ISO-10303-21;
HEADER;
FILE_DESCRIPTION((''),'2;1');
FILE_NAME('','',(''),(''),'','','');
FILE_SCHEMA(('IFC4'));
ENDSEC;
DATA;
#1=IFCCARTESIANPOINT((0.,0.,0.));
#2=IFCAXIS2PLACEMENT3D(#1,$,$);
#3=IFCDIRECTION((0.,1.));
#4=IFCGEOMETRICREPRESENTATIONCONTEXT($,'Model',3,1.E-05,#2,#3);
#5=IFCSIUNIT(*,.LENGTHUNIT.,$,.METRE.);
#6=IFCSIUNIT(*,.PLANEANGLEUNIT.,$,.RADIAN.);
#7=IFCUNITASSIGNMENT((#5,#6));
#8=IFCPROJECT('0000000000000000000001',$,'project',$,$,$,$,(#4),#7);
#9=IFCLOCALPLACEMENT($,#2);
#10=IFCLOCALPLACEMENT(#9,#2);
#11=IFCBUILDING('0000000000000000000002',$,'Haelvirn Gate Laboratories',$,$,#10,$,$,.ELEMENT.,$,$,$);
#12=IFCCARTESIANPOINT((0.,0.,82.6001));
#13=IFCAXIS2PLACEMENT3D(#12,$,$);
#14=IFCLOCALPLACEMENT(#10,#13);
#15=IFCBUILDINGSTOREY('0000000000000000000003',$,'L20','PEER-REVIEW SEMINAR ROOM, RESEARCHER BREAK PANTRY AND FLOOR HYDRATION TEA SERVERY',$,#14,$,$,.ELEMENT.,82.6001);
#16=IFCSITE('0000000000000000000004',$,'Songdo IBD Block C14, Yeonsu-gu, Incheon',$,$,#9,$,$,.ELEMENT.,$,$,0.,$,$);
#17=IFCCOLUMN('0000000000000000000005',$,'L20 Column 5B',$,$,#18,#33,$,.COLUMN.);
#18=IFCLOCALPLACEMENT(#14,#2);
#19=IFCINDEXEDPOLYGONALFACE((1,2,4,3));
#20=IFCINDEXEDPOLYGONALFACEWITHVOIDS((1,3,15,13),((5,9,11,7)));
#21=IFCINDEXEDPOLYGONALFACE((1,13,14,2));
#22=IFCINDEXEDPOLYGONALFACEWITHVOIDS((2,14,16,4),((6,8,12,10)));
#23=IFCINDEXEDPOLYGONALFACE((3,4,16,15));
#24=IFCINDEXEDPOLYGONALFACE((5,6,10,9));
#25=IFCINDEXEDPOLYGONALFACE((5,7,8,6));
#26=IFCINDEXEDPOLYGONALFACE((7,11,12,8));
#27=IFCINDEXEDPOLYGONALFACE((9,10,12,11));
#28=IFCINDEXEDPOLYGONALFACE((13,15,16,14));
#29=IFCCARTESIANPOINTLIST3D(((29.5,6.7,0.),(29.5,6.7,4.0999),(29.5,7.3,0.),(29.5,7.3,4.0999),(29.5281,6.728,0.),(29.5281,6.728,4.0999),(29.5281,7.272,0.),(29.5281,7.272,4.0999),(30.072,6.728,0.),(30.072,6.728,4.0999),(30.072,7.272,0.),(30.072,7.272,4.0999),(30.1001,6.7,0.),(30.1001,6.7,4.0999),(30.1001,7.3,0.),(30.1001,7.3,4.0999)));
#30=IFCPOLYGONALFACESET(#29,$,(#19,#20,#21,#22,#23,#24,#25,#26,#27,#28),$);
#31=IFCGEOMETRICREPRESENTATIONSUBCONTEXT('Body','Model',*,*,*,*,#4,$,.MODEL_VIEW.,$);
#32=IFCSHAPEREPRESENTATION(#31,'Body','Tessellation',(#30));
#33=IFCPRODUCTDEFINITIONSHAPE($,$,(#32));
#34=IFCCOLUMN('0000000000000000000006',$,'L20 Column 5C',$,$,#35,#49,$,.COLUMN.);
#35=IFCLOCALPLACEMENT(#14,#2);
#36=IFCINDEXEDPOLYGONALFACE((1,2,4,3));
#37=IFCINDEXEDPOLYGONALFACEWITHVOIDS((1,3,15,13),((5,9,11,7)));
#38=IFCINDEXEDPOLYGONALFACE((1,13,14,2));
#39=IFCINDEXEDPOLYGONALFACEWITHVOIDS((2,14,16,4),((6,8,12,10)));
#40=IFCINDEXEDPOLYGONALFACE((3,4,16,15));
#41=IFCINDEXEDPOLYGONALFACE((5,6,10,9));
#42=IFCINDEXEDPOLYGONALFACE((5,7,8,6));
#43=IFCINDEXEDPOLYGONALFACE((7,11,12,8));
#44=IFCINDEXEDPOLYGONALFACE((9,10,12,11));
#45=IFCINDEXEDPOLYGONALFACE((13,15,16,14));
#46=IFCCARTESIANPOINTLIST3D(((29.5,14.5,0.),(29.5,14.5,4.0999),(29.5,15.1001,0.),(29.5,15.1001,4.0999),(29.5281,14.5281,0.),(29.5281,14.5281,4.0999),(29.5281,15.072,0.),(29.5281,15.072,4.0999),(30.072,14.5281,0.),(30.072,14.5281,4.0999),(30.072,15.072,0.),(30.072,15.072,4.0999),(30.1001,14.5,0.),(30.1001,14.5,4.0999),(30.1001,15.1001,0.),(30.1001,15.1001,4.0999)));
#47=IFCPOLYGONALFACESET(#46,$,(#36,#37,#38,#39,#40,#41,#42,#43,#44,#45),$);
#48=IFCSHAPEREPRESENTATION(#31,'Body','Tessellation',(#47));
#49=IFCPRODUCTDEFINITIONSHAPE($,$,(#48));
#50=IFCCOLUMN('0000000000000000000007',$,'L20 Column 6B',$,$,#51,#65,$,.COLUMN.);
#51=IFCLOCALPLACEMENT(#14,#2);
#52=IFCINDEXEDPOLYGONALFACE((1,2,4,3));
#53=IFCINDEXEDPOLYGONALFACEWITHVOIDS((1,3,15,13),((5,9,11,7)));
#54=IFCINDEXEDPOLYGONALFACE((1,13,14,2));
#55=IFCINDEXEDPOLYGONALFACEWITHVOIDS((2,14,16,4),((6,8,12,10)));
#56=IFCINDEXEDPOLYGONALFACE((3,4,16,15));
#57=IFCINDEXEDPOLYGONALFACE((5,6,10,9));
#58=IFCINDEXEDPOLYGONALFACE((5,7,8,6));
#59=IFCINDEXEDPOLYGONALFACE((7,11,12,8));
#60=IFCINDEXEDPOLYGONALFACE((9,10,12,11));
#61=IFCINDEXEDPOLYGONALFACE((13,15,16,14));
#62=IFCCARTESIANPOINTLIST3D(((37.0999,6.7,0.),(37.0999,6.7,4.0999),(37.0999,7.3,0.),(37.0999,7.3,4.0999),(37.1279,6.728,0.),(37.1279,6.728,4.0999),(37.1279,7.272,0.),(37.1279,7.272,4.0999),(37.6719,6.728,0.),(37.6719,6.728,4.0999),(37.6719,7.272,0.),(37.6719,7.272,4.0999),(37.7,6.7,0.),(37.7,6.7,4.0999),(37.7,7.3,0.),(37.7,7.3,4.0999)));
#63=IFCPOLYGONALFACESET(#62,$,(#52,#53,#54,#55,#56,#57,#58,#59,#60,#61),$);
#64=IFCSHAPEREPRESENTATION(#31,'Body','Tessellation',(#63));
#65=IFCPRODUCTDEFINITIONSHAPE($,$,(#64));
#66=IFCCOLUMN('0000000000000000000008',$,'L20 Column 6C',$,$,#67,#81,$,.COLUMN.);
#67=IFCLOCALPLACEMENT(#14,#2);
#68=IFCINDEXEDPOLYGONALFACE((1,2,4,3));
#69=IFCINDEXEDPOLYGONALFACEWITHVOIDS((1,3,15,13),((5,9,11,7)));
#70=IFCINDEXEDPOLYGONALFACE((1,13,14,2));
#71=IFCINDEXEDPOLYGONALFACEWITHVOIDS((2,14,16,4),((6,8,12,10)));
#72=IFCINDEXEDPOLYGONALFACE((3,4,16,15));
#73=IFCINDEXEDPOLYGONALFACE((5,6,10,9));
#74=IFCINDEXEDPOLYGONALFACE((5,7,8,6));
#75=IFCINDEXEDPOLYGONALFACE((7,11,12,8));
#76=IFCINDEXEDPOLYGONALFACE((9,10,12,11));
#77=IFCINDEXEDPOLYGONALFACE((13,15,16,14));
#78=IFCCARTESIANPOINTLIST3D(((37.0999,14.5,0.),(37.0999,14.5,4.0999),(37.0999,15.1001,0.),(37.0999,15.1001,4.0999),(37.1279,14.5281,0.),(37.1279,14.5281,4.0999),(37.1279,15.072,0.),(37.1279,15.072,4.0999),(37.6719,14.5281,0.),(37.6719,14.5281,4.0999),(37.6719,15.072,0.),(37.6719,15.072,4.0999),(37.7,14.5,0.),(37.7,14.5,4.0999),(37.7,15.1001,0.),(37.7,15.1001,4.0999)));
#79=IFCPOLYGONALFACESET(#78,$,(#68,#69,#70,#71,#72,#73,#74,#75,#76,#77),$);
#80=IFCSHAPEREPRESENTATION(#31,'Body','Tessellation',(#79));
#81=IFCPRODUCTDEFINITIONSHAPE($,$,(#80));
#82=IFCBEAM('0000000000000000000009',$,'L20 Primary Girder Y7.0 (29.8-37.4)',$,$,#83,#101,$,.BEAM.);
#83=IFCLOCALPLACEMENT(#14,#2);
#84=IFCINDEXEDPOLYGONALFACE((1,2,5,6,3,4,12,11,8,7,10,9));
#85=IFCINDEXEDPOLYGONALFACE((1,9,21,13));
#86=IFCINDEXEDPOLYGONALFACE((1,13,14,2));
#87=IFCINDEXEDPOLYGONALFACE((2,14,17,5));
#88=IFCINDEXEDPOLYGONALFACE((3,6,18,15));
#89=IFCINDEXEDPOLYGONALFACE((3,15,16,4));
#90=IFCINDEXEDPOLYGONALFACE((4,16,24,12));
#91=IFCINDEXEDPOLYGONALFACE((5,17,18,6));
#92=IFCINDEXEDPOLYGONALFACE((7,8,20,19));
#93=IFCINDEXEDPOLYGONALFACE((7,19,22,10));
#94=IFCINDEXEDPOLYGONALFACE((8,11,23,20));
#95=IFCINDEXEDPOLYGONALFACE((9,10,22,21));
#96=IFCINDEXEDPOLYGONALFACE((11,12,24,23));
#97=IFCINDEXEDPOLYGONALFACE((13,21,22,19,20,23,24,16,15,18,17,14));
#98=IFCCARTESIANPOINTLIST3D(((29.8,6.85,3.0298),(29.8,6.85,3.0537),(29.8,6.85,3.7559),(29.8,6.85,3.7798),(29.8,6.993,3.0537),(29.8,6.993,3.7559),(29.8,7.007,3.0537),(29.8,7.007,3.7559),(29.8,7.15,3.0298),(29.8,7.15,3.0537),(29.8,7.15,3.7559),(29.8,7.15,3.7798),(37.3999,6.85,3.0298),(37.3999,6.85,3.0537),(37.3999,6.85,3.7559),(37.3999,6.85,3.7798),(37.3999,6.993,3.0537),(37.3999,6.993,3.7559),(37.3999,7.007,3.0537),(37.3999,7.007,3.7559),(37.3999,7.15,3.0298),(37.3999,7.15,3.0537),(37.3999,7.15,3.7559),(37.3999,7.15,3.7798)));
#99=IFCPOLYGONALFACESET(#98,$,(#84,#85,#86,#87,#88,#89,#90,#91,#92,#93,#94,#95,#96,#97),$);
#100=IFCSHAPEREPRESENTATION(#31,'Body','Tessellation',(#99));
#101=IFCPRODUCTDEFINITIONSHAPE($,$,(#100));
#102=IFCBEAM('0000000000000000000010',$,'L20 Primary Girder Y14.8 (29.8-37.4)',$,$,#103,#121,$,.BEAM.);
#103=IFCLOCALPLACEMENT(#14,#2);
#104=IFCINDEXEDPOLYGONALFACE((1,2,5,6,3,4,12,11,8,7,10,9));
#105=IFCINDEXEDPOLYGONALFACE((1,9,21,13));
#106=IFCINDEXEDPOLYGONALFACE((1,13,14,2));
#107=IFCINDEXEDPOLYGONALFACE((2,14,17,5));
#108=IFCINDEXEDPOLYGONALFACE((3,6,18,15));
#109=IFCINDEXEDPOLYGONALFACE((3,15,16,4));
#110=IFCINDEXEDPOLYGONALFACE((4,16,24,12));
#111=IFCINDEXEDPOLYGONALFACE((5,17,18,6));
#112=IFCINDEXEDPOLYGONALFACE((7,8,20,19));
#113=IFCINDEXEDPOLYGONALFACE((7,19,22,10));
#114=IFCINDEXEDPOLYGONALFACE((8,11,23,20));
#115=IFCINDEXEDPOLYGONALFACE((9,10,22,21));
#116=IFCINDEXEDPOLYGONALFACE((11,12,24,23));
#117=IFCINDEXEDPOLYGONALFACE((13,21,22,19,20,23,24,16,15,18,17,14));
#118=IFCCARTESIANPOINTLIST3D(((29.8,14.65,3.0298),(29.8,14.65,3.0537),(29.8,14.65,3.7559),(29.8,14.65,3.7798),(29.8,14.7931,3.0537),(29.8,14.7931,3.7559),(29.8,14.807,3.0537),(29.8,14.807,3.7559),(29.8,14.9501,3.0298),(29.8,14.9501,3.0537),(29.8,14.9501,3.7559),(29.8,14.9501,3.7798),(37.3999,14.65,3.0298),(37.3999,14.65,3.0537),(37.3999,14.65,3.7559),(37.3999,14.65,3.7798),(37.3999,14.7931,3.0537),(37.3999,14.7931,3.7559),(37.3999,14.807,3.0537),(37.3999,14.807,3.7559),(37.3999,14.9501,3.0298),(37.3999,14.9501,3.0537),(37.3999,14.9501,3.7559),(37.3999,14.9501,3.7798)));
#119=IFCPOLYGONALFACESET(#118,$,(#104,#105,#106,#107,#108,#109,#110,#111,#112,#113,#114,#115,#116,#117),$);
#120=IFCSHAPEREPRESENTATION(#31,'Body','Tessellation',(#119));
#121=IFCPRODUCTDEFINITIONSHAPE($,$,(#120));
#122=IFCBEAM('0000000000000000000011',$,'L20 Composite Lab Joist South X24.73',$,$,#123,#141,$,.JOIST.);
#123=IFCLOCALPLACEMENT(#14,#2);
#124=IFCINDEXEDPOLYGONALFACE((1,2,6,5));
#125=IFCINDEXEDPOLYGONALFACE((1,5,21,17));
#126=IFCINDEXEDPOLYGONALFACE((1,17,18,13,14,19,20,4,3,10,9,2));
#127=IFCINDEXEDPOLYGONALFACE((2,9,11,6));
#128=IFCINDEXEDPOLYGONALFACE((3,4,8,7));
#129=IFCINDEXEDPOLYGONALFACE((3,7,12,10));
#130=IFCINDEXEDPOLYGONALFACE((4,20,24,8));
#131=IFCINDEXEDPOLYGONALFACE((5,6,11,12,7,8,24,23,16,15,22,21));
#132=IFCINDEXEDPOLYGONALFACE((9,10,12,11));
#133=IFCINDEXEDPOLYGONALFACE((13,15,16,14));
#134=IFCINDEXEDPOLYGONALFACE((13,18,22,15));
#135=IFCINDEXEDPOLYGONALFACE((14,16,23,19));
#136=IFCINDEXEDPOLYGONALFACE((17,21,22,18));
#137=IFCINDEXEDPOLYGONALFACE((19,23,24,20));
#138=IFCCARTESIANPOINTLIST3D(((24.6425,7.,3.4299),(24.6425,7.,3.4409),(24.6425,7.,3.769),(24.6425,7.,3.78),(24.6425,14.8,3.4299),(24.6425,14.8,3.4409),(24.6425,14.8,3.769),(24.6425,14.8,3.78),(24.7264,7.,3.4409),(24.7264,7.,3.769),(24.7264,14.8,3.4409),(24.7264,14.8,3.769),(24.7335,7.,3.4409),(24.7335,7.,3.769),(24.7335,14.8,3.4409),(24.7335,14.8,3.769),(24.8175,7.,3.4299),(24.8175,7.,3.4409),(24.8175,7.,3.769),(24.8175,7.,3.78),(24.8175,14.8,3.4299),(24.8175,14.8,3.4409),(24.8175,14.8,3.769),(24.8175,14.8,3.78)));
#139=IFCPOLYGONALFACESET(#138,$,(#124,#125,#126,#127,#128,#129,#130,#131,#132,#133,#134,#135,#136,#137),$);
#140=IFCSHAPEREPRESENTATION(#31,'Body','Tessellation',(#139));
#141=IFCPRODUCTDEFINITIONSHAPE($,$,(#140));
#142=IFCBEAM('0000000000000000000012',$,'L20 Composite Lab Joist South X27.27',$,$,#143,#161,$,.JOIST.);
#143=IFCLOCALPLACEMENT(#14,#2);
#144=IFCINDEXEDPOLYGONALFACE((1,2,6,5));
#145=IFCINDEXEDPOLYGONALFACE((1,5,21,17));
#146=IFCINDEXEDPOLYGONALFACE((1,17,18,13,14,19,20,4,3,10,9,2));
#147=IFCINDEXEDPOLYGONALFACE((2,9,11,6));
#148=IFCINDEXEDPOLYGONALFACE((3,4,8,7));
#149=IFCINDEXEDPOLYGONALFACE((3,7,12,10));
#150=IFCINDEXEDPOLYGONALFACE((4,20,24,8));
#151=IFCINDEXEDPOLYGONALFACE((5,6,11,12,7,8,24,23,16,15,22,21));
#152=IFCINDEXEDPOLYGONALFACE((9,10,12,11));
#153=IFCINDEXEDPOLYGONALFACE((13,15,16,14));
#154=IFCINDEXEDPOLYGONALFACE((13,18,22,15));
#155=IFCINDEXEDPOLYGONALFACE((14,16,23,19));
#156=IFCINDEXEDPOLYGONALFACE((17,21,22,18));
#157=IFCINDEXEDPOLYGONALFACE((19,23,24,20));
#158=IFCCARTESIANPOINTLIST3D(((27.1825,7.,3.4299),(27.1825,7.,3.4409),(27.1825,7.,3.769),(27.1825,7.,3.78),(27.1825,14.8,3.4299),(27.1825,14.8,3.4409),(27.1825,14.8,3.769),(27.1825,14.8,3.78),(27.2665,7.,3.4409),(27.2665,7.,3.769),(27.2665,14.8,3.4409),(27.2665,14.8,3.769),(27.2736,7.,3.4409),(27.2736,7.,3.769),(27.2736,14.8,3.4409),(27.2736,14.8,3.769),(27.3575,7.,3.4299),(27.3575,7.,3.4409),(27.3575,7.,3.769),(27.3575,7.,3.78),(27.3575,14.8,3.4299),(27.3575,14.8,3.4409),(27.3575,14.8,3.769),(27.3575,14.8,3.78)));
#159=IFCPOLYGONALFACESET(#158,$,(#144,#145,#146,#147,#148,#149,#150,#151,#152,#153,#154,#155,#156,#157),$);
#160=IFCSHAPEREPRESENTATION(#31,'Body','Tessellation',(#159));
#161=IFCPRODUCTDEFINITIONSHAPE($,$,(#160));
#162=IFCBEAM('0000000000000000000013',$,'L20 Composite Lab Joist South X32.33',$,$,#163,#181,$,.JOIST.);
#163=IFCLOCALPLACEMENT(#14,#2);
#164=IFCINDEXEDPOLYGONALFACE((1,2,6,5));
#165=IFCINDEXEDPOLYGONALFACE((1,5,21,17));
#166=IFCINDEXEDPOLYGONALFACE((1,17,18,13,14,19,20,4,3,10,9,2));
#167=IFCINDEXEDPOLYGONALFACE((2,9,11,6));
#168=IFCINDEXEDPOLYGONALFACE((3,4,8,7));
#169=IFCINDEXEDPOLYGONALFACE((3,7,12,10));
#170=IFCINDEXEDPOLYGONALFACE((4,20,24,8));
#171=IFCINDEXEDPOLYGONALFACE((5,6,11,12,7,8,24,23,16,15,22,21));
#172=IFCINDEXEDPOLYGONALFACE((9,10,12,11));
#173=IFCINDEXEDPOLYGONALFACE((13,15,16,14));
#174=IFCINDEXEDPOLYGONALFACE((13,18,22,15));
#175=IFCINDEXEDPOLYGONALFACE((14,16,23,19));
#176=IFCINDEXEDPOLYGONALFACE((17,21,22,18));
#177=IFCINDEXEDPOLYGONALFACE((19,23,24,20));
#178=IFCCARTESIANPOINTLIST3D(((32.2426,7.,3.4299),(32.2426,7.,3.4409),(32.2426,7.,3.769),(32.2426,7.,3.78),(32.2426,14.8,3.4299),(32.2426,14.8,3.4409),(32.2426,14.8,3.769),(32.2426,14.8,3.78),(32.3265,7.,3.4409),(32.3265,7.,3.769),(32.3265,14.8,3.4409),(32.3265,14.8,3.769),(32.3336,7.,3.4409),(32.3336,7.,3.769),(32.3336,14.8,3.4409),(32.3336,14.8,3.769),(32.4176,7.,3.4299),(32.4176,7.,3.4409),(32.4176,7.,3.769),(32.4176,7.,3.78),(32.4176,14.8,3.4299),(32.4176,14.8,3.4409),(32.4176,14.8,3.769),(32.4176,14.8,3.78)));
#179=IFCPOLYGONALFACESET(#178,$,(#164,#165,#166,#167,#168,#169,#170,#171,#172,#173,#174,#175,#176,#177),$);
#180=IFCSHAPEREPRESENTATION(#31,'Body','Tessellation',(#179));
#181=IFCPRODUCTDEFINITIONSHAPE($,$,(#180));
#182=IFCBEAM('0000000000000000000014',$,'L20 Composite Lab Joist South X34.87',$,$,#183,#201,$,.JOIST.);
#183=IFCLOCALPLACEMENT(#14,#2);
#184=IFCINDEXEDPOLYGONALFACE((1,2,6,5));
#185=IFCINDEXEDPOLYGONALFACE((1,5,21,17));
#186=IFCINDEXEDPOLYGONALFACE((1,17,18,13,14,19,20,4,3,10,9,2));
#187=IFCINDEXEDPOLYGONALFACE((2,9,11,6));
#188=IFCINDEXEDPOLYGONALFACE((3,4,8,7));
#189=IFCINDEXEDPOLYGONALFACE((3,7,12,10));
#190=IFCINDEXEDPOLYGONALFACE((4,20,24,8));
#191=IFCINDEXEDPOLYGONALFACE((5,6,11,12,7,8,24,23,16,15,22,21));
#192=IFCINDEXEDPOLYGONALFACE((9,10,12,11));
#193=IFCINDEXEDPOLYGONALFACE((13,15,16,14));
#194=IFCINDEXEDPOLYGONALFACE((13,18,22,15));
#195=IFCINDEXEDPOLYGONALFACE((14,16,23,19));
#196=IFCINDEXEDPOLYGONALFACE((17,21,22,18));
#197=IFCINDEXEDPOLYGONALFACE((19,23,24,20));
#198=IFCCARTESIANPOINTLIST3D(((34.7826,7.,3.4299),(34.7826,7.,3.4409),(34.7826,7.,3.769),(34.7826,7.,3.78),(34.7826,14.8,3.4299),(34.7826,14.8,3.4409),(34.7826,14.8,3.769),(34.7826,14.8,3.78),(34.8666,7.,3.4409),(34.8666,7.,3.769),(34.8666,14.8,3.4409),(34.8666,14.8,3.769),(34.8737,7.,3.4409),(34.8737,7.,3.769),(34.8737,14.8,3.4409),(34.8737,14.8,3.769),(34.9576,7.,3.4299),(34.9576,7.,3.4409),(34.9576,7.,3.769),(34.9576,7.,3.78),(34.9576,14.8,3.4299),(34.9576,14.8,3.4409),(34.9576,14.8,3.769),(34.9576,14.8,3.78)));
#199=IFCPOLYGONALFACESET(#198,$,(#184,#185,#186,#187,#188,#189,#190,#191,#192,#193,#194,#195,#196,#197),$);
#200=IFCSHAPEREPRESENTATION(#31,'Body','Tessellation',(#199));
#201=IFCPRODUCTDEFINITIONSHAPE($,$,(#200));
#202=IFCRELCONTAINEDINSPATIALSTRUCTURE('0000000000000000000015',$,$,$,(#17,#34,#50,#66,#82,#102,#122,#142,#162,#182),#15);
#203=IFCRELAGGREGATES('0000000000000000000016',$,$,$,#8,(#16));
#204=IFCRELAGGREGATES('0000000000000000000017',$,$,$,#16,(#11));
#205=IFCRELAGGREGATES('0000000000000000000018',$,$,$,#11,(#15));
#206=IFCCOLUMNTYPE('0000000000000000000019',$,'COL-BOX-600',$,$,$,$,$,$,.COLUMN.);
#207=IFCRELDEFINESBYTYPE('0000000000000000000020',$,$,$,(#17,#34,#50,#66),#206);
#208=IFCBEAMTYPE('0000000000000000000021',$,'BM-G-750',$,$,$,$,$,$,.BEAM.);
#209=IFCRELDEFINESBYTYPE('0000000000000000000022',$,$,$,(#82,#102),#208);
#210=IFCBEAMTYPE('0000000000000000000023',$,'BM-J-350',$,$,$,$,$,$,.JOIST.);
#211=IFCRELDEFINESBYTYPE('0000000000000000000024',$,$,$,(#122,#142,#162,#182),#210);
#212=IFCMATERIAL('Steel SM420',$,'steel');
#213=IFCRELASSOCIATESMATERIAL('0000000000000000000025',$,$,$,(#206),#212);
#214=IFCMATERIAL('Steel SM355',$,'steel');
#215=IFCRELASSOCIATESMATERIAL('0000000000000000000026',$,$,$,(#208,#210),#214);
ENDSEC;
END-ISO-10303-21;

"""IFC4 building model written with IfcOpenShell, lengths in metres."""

from ifc_helpers import new_model, si_unit, direction, frame, origin, origin_2d, place, context, subcontext, project, spatial, hollow_rectangle, i_section, extrude, source, transform, mapped, material, material_profile, profile_set, type_object, type_shapes, element, save


model = new_model("IFC4")

# Units and contexts
model_context = context("Model", 3, precision=1e-05, world=origin(), true_north=direction((0.0, 1.0)))
body_context = subcontext(model_context, "Body", "Model", "MODEL_VIEW")
ifc_project = project(units=[si_unit("LENGTHUNIT", "METRE"), si_unit("PLANEANGLEUNIT", "RADIAN")], contexts=[model_context])

# Site, building, storey
site_placement = place(None, origin())
site = spatial("IfcSite", under=ifc_project, at=site_placement, Name="Songdo IBD Block C14, Yeonsu-gu, Incheon", CompositionType="ELEMENT", RefElevation=0.0)
building_placement = place(site_placement, origin())
building = spatial("IfcBuilding", under=site, at=building_placement, Name="Haelvirn Gate Laboratories", CompositionType="ELEMENT")
storey_placement = place(building_placement, frame((0.0, 0.0, 82.6001)))
storey = spatial("IfcBuildingStorey", under=building, at=storey_placement, Name="L20", Description="PEER-REVIEW SEMINAR ROOM, RESEARCHER BREAK PANTRY AND FLOOR HYDRATION TEA SERVERY", CompositionType="ELEMENT", Elevation=82.6001)

# Columns
ifc_material_1 = material(Name="Steel SM420", Category="steel")
ifc_material_profile_1 = material_profile(ifc_material_1, hollow_rectangle(XDim=0.6001, YDim=0.6001, WallThickness=0.0281, at=origin_2d()), Name="BOX-600x600x28")
ifc_profile_set_1 = profile_set([ifc_material_profile_1], Name="Steel SM420")
column_type = type_object("IfcColumnType", Name="COL-BOX-600", PredefinedType="COLUMN", material=ifc_profile_set_1)
shared_shape_1 = source(origin(), body_context, "Body", "SweptSolid", [
    extrude(hollow_rectangle(XDim=0.6001, YDim=0.6001, WallThickness=0.0281, at=origin_2d()), origin(), (0.0, 0.0, 1.0), 4.0999),
])
type_shapes(column_type, [shared_shape_1])
for number, where, z_axis, x_axis, name in (
    (1, (29.8, 7.0, 0.0), (0.0, 0.0, 1.0), (1.0, 0.0, 0.0), "L20 Column 5B"),
    (2, (29.8, 14.8, 0.0), (0.0, 0.0, 1.0), (1.0, 0.0, 0.0), "L20 Column 5C"),
    (3, (37.3999, 7.0, 0.0), (0.0, 0.0, 1.0), (1.0, 0.0, 0.0), "L20 Column 6B"),
    (4, (37.3999, 14.8, 0.0), (0.0, 0.0, 1.0), (1.0, 0.0, 0.0), "L20 Column 6C"),
):
    element("IfcColumn", number, at=place(storey_placement, frame(where, z_axis=z_axis, x_axis=x_axis)), inside=storey, type_object=column_type, Name=name, PredefinedType="COLUMN", context=body_context, shape_type="MappedRepresentation", body=[
        mapped(shared_shape_1, transform((0.0, 0.0, 0.0), scale=1.0)),
    ])

# Beams
ifc_material_2 = material(Name="Steel SM355", Category="steel")
ifc_material_profile_2 = material_profile(ifc_material_2, i_section(OverallWidth=0.3, OverallDepth=0.75, WebThickness=0.0139, FlangeThickness=0.0239, at=origin_2d()), Name="H-750x300x14x24")
ifc_profile_set_2 = profile_set([ifc_material_profile_2], Name="Steel SM355")
beam_type_1 = type_object("IfcBeamType", Name="BM-G-750", PredefinedType="BEAM", material=ifc_profile_set_2)
shared_shape_2 = source(origin(), body_context, "Body", "SweptSolid", [
    extrude(i_section(OverallWidth=0.3, OverallDepth=0.75, WebThickness=0.0139, FlangeThickness=0.0239, at=origin_2d()), origin(), (0.0, 0.0, 1.0), 7.5999),
])
type_shapes(beam_type_1, [shared_shape_2])
for number, where, z_axis, x_axis, name in (
    (5, (29.8, 7.0, 3.4048), (1.0, 0.0, 0.0), (0.0, 1.0, 0.0), "L20 Primary Girder Y7.0 (29.8-37.4)"),
    (6, (29.8, 14.8, 3.4048), (1.0, 0.0, 0.0), (0.0, 1.0, 0.0), "L20 Primary Girder Y14.8 (29.8-37.4)"),
):
    element("IfcBeam", number, at=place(storey_placement, frame(where, z_axis=z_axis, x_axis=x_axis)), inside=storey, type_object=beam_type_1, Name=name, PredefinedType="BEAM", context=body_context, shape_type="MappedRepresentation", body=[
        mapped(shared_shape_2, transform((0.0, 0.0, 0.0), scale=1.0)),
    ])
ifc_material_profile_3 = material_profile(ifc_material_2, i_section(OverallWidth=0.175, OverallDepth=0.3501, WebThickness=0.0071, FlangeThickness=0.011, at=origin_2d()), Name="H-350x175x7x11")
ifc_profile_set_3 = profile_set([ifc_material_profile_3], Name="Steel SM355")
beam_type_2 = type_object("IfcBeamType", Name="BM-J-350", PredefinedType="JOIST", material=ifc_profile_set_3)
shared_shape_3 = source(origin(), body_context, "Body", "SweptSolid", [
    extrude(i_section(OverallWidth=0.175, OverallDepth=0.3501, WebThickness=0.0071, FlangeThickness=0.011, at=origin_2d()), origin(), (0.0, 0.0, 1.0), 7.8),
])
type_shapes(beam_type_2, [shared_shape_3])
for number, where, z_axis, x_axis, name in (
    (7, (24.73, 7.0, 3.605), (0.0, 1.0, 0.0), (-1.0, 0.0, 0.0), "L20 Composite Lab Joist South X24.73"),
    (8, (27.27, 7.0, 3.605), (0.0, 1.0, 0.0), (-1.0, 0.0, 0.0), "L20 Composite Lab Joist South X27.27"),
    (9, (32.3301, 7.0, 3.605), (0.0, 1.0, 0.0), (-1.0, 0.0, 0.0), "L20 Composite Lab Joist South X32.33"),
    (10, (34.8701, 7.0, 3.605), (0.0, 1.0, 0.0), (-1.0, 0.0, 0.0), "L20 Composite Lab Joist South X34.87"),
):
    element("IfcBeam", number, at=place(storey_placement, frame(where, z_axis=z_axis, x_axis=x_axis)), inside=storey, type_object=beam_type_2, Name=name, PredefinedType="JOIST", context=body_context, shape_type="MappedRepresentation", body=[
        mapped(shared_shape_3, transform((0.0, 0.0, 0.0), scale=1.0)),
    ])

save(model, "model.ifc")
